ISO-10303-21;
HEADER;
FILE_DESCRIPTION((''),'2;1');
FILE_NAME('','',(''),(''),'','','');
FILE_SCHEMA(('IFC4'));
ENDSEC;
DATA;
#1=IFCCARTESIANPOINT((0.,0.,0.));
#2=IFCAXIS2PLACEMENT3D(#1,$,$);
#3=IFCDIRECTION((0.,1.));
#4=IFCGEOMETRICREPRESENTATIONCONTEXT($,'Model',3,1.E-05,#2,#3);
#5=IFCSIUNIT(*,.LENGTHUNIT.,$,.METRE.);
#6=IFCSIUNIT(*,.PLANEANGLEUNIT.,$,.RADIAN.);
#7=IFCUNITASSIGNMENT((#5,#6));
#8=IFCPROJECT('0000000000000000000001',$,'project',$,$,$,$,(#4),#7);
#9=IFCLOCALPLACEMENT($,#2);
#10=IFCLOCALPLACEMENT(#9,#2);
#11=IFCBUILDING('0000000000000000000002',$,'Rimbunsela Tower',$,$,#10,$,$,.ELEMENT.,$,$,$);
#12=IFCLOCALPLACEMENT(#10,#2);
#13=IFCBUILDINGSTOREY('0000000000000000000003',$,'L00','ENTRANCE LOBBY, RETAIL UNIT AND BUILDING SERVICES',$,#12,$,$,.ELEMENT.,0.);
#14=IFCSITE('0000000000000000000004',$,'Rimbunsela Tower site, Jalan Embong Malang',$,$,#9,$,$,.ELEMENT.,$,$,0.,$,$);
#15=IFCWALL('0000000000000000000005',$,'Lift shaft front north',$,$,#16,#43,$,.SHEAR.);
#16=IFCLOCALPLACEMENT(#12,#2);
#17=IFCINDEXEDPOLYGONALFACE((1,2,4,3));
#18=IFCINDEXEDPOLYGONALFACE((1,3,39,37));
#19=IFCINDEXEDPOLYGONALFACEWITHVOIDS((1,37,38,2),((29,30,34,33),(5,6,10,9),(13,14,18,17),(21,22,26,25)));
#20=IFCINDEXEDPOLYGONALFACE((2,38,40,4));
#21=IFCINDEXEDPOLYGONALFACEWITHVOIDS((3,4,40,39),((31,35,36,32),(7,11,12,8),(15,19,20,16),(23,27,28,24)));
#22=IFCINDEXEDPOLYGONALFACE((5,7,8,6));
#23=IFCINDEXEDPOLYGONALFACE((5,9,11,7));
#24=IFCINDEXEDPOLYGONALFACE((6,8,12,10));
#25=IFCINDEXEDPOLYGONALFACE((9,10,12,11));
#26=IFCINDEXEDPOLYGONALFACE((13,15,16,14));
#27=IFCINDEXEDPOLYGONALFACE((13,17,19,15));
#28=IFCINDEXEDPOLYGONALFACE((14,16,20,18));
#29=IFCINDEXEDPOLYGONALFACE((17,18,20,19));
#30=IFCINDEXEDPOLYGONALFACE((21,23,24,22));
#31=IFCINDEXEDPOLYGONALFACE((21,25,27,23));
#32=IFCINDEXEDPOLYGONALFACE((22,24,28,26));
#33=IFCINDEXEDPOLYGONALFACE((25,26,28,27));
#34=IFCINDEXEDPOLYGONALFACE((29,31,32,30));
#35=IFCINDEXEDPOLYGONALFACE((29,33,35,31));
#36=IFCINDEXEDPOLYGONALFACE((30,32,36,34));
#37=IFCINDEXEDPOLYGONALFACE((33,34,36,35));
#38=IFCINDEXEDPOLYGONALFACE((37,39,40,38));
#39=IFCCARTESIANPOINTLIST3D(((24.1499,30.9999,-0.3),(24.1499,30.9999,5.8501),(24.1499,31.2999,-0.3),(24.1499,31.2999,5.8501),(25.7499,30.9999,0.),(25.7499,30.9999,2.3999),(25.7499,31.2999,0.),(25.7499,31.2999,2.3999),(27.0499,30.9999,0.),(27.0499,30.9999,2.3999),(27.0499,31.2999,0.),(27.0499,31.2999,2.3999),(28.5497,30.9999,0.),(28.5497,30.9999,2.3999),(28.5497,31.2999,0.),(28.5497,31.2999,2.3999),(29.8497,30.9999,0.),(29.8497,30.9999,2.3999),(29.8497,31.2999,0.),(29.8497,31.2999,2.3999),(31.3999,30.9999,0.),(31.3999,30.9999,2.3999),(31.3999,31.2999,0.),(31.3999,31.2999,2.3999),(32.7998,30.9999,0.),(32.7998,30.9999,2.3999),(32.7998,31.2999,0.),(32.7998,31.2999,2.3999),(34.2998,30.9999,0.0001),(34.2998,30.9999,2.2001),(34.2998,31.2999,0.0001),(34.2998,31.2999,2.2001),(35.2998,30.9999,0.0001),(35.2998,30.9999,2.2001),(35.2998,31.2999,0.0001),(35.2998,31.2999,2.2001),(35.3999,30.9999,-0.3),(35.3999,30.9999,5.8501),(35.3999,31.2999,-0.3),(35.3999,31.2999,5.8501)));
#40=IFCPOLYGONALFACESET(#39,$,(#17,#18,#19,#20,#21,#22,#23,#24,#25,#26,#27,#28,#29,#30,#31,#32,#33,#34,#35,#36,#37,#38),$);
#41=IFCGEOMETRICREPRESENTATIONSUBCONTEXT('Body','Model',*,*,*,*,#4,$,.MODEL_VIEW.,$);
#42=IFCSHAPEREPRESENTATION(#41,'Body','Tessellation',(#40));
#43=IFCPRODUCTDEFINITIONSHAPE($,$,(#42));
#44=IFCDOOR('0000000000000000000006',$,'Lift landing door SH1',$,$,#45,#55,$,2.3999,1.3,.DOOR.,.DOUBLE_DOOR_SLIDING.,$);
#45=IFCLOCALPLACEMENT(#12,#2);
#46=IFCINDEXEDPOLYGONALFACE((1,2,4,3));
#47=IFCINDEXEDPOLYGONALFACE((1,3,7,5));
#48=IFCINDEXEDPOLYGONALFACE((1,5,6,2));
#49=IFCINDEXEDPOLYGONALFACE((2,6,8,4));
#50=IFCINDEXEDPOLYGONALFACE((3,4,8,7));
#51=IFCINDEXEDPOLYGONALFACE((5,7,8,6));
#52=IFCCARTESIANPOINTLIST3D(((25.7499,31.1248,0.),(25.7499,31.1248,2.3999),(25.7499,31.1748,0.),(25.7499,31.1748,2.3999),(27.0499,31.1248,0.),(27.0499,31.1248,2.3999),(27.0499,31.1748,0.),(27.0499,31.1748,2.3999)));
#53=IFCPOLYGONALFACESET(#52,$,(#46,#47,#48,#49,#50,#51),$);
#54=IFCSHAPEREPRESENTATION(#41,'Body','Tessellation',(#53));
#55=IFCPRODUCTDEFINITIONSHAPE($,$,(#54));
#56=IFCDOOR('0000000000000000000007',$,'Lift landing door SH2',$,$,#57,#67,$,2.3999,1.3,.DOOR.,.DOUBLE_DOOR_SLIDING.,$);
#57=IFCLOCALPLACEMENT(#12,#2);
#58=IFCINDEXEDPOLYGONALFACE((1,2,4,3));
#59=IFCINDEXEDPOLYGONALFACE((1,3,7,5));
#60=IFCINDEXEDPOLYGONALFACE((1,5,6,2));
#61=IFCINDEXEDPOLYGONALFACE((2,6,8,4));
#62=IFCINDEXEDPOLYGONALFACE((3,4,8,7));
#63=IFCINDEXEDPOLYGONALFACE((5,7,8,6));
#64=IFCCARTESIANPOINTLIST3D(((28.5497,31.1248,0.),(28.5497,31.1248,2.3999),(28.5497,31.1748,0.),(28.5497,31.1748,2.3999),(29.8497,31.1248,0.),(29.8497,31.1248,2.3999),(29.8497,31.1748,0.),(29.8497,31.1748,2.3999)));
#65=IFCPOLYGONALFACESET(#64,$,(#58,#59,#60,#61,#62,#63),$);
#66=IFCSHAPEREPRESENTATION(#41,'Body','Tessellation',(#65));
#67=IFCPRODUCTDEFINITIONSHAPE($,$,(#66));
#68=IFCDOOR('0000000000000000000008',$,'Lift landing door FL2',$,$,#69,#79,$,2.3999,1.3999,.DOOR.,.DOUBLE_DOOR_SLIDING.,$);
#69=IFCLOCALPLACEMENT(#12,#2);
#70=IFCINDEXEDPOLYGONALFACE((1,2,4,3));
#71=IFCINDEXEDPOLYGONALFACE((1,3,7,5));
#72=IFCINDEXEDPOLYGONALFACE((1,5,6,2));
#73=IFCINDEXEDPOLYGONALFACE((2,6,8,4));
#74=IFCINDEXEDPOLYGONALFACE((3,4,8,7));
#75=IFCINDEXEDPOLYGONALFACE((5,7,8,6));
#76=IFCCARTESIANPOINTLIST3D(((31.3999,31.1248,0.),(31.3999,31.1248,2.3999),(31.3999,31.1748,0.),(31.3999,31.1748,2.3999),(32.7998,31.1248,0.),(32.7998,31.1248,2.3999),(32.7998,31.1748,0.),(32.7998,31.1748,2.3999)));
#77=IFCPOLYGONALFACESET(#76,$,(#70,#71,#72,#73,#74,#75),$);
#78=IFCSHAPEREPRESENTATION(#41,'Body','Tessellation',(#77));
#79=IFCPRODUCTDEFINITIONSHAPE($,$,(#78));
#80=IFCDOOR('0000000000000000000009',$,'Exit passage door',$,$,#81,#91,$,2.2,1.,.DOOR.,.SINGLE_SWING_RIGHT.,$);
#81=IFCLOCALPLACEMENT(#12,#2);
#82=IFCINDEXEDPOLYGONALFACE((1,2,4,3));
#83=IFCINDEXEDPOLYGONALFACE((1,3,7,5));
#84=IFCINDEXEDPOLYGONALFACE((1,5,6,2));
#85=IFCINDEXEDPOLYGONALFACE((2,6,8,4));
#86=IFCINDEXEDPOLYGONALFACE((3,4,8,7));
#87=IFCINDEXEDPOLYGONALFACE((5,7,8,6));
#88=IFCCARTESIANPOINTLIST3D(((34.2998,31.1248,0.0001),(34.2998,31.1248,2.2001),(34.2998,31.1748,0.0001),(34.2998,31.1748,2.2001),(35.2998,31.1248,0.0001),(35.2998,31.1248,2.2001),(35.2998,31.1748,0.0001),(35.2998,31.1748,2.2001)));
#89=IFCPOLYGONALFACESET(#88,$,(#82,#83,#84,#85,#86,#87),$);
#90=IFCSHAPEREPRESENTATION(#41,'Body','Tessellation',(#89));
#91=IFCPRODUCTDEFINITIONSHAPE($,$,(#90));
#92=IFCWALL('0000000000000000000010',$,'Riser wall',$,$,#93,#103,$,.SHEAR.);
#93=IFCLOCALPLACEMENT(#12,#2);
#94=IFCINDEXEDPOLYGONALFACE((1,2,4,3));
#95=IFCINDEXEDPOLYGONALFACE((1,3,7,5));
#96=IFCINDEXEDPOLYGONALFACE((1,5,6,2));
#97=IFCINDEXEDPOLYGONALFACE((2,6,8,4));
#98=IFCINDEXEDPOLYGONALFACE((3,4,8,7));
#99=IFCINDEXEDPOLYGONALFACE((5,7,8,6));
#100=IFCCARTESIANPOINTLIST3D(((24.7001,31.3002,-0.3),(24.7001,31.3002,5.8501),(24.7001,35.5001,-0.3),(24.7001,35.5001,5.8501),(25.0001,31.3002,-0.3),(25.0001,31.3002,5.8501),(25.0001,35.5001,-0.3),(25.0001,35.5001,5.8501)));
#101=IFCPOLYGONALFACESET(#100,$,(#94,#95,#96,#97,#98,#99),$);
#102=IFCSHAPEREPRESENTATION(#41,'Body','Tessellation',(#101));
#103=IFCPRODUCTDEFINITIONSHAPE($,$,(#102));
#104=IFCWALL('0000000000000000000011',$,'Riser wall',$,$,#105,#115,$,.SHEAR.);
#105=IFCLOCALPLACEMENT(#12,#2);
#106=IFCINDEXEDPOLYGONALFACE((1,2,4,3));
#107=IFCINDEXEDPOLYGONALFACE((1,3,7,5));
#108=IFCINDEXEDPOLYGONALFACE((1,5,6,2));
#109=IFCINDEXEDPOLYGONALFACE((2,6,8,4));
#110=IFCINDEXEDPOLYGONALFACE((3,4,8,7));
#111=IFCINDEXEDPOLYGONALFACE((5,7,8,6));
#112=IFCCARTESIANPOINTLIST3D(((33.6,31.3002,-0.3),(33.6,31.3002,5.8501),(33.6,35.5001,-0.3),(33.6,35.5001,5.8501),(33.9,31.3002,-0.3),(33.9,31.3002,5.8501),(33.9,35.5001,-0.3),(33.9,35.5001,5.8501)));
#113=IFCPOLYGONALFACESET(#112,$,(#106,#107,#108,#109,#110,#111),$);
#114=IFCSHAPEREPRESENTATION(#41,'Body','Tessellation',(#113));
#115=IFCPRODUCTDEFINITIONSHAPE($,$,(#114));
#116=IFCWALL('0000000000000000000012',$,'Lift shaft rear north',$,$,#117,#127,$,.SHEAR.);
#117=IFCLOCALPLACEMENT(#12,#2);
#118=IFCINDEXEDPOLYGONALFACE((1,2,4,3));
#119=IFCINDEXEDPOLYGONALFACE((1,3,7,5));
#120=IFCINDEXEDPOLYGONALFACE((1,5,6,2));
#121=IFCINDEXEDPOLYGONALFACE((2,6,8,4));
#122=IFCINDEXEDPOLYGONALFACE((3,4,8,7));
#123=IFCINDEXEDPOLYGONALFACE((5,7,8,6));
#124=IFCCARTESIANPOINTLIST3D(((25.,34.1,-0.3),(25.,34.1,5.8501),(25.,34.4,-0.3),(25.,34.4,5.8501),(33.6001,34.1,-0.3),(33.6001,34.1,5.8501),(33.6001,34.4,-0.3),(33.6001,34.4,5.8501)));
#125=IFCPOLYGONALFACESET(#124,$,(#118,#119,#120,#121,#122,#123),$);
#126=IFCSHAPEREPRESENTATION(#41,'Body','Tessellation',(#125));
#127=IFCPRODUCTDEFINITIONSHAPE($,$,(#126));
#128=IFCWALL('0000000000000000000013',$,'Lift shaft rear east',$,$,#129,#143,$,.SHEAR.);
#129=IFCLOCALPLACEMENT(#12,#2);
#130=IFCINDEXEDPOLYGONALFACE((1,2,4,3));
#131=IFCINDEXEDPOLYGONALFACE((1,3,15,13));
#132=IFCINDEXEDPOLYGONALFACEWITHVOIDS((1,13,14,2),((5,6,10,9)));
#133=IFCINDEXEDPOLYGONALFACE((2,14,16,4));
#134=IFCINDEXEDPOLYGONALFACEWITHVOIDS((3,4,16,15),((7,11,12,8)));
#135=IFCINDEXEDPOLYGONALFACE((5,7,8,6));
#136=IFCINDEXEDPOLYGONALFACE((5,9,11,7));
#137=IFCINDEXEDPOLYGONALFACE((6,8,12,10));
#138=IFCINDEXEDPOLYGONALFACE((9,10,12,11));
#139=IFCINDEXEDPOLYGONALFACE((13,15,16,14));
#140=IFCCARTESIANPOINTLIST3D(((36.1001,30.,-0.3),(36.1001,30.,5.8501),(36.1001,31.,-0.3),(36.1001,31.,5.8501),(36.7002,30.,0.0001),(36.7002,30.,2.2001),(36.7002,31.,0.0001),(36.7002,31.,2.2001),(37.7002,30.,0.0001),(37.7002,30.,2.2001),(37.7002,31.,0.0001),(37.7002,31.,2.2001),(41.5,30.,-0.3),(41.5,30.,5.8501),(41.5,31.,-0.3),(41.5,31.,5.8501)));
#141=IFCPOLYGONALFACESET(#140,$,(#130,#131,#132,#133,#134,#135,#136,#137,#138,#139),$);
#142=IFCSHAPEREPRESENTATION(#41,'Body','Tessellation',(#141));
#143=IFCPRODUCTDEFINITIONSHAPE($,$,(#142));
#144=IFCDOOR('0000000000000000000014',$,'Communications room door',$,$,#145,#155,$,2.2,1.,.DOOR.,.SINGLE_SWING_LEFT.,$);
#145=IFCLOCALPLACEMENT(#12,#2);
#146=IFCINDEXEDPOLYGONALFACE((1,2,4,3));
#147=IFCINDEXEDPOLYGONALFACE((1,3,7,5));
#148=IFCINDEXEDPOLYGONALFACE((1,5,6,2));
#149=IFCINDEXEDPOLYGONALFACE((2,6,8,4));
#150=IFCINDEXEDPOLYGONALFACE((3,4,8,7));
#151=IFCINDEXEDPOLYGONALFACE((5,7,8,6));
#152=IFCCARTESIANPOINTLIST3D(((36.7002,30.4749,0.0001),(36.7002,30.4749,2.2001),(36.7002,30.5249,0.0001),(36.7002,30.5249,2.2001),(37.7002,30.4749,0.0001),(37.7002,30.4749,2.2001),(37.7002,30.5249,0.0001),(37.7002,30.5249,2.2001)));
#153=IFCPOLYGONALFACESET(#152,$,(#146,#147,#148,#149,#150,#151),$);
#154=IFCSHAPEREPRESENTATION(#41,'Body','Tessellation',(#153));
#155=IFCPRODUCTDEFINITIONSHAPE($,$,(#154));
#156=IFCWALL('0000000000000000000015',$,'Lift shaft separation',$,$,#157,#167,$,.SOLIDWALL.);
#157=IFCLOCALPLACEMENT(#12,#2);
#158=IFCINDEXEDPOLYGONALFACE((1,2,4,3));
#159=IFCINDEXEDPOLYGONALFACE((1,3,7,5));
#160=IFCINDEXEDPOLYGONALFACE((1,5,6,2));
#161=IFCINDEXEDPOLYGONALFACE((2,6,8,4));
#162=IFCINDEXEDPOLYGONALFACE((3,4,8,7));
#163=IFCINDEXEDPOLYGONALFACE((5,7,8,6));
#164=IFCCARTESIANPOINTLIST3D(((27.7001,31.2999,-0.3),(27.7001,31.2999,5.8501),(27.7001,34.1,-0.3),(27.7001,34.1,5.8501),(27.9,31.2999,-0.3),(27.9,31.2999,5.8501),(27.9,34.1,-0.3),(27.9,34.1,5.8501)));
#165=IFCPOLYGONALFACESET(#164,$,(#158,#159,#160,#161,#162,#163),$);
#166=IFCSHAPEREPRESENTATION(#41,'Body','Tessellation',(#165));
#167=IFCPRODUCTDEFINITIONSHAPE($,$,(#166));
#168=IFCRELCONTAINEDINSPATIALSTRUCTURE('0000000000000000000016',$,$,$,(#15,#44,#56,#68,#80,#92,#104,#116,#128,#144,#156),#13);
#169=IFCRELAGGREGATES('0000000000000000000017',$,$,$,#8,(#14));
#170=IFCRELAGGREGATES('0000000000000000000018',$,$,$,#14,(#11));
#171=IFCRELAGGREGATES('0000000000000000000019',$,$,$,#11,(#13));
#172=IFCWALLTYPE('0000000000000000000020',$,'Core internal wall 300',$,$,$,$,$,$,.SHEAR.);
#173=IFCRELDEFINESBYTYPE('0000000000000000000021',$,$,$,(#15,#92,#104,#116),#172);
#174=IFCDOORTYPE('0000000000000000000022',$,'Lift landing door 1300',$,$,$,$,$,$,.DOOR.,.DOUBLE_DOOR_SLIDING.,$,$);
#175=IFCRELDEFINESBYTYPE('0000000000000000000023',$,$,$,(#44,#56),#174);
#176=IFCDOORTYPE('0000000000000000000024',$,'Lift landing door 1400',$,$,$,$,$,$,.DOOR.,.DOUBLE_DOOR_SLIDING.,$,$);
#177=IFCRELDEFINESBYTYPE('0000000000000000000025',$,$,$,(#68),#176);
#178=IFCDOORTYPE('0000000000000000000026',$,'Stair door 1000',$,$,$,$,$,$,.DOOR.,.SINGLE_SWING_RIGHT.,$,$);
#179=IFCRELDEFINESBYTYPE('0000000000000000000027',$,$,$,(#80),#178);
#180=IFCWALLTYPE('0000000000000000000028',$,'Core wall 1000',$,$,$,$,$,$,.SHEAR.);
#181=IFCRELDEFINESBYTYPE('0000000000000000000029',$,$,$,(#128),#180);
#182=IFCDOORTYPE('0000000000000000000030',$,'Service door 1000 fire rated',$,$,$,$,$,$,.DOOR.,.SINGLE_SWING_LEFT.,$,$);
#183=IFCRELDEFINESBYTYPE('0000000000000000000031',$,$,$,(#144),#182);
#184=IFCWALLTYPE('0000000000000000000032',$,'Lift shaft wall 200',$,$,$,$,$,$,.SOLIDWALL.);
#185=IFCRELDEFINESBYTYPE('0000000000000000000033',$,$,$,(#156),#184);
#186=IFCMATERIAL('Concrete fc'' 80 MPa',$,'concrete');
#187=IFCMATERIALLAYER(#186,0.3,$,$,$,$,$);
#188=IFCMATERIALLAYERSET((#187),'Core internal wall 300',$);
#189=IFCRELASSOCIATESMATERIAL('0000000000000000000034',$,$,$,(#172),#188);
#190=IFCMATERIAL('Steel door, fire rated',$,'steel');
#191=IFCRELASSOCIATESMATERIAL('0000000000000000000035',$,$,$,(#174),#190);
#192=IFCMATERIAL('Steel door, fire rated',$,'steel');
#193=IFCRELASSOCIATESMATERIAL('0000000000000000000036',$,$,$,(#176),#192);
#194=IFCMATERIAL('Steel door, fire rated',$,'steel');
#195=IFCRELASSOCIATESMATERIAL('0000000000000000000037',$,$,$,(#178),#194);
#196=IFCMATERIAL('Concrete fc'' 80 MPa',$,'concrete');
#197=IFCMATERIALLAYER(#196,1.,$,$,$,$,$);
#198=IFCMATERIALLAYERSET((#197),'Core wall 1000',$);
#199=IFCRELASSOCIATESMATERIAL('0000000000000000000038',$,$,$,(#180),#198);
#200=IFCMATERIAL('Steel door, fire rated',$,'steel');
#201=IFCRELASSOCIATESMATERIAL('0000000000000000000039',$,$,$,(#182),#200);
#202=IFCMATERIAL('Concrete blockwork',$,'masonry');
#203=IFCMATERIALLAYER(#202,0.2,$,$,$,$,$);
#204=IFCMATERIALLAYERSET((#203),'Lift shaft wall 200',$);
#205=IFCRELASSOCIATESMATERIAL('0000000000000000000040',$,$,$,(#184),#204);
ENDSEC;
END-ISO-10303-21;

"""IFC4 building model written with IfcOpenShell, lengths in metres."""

from ifc_helpers import new_model, si_unit, direction, frame, frame_2d, origin, place, context, subcontext, project, spatial, rectangle, extrude, material, layer, layer_set, type_object, element, fill, save


model = new_model("IFC4")

# Units and contexts
model_context = context("Model", 3, precision=1e-05, world=origin(), true_north=direction((0.0, 1.0)))
body_context = subcontext(model_context, "Body", "Model", "MODEL_VIEW")
ifc_project = project(units=[si_unit("LENGTHUNIT", "METRE"), si_unit("PLANEANGLEUNIT", "RADIAN")], contexts=[model_context])

# Site, building, storey
site_placement = place(None, origin())
site = spatial("IfcSite", under=ifc_project, at=site_placement, Name="Rimbunsela Tower site, Jalan Embong Malang", CompositionType="ELEMENT", RefElevation=0.0)
building_placement = place(site_placement, origin())
building = spatial("IfcBuilding", under=site, at=building_placement, Name="Rimbunsela Tower", CompositionType="ELEMENT")
storey_placement = place(building_placement, origin())
storey = spatial("IfcBuildingStorey", under=building, at=storey_placement, Name="L00", Description="ENTRANCE LOBBY, RETAIL UNIT AND BUILDING SERVICES", CompositionType="ELEMENT", Elevation=0.0)

# Wall, openings, doors
ifc_material_1 = material(Name="Concrete fc' 80 MPa", Category="concrete")
ifc_layer_1 = layer(ifc_material_1, 0.3)
ifc_layer_set_1 = layer_set([ifc_layer_1], Name="Core internal wall 300")
wall_type_1 = type_object("IfcWallType", Name="Core internal wall 300", PredefinedType="SHEAR", material=ifc_layer_set_1)
wall_1_placement = place(storey_placement, frame((24.1499, 31.1499, -0.3), z_axis=(0.0, 0.0, 1.0), x_axis=(1.0, 0.0, 0.0)))
wall_1 = element("IfcWall", 1, at=wall_1_placement, inside=storey, type_object=wall_type_1, Name="Lift shaft front north", PredefinedType="SHEAR", context=body_context, shape_type="SweptSolid", body=[
    extrude(rectangle(XDim=11.25, YDim=0.3, at=frame_2d((5.625, 0.0))), origin(), (0.0, 0.0, 1.0), 6.1501),
])
opening_1_placement = place(wall_1_placement, frame((10.1499, 0.0, 0.3)))
opening_1 = element("IfcOpeningElement", 2, at=opening_1_placement, cuts=wall_1, PredefinedType="OPENING", context=body_context, shape_type="SweptSolid", body=[
    extrude(rectangle(XDim=1.0, YDim=2.2, at=frame_2d((0.5, 1.1001))), frame((0.0, 0.1599, 0.0), z_axis=(0.0, -1.0, 0.0), x_axis=(1.0, 0.0, 0.0)), (0.0, 0.0, 1.0), 0.3201),
])
opening_2_placement = place(wall_1_placement, frame((1.6001, 0.0, 0.3)))
opening_2 = element("IfcOpeningElement", 3, at=opening_2_placement, cuts=wall_1, PredefinedType="OPENING", context=body_context, shape_type="SweptSolid", body=[
    extrude(rectangle(XDim=1.3, YDim=2.3999, at=frame_2d((0.6499, 1.2))), frame((0.0, 0.1599, 0.0), z_axis=(0.0, -1.0, 0.0), x_axis=(1.0, 0.0, 0.0)), (0.0, 0.0, 1.0), 0.3201),
])
opening_3_placement = place(wall_1_placement, frame((4.3999, 0.0, 0.3)))
opening_3 = element("IfcOpeningElement", 4, at=opening_3_placement, cuts=wall_1, PredefinedType="OPENING", context=body_context, shape_type="SweptSolid", body=[
    extrude(rectangle(XDim=1.3, YDim=2.3999, at=frame_2d((0.6499, 1.2))), frame((0.0, 0.1599, 0.0), z_axis=(0.0, -1.0, 0.0), x_axis=(1.0, 0.0, 0.0)), (0.0, 0.0, 1.0), 0.3201),
])
opening_4_placement = place(wall_1_placement, frame((7.25, 0.0, 0.3)))
opening_4 = element("IfcOpeningElement", 5, at=opening_4_placement, cuts=wall_1, PredefinedType="OPENING", context=body_context, shape_type="SweptSolid", body=[
    extrude(rectangle(XDim=1.3999, YDim=2.3999, at=frame_2d((0.7, 1.2))), frame((0.0, 0.1599, 0.0), z_axis=(0.0, -1.0, 0.0), x_axis=(1.0, 0.0, 0.0)), (0.0, 0.0, 1.0), 0.3201),
])
ifc_material_2 = material(Name="Steel door, fire rated", Category="steel")
door_type_1 = type_object("IfcDoorType", Name="Lift landing door 1300", OperationType="DOUBLE_DOOR_SLIDING", PredefinedType="DOOR", material=ifc_material_2)
door_1_placement = place(opening_2_placement, origin())
door_1 = element("IfcDoor", 6, at=door_1_placement, inside=storey, type_object=door_type_1, Name="Lift landing door SH1", OperationType="DOUBLE_DOOR_SLIDING", OverallHeight=2.3999, OverallWidth=1.3, PredefinedType="DOOR", context=body_context, shape_type="SweptSolid", body=[
    extrude(rectangle(XDim=1.3, YDim=2.3999, at=frame_2d((0.6499, 1.2))), frame((0.0, 0.0249, 0.0), z_axis=(0.0, -1.0, 0.0), x_axis=(1.0, 0.0, 0.0)), (0.0, 0.0, 1.0), 0.05),
])
fill(opening_2, door_1)
door_2_placement = place(opening_3_placement, origin())
door_2 = element("IfcDoor", 7, at=door_2_placement, inside=storey, type_object=door_type_1, Name="Lift landing door SH2", OperationType="DOUBLE_DOOR_SLIDING", OverallHeight=2.3999, OverallWidth=1.3, PredefinedType="DOOR", context=body_context, shape_type="SweptSolid", body=[
    extrude(rectangle(XDim=1.3, YDim=2.3999, at=frame_2d((0.6499, 1.2))), frame((0.0, 0.0249, 0.0), z_axis=(0.0, -1.0, 0.0), x_axis=(1.0, 0.0, 0.0)), (0.0, 0.0, 1.0), 0.05),
])
fill(opening_3, door_2)
ifc_material_3 = material(Name="Steel door, fire rated", Category="steel")
door_type_2 = type_object("IfcDoorType", Name="Lift landing door 1400", OperationType="DOUBLE_DOOR_SLIDING", PredefinedType="DOOR", material=ifc_material_3)
door_3_placement = place(opening_4_placement, origin())
door_3 = element("IfcDoor", 8, at=door_3_placement, inside=storey, type_object=door_type_2, Name="Lift landing door FL2", OperationType="DOUBLE_DOOR_SLIDING", OverallHeight=2.3999, OverallWidth=1.3999, PredefinedType="DOOR", context=body_context, shape_type="SweptSolid", body=[
    extrude(rectangle(XDim=1.3999, YDim=2.3999, at=frame_2d((0.7, 1.2))), frame((0.0, 0.0249, 0.0), z_axis=(0.0, -1.0, 0.0), x_axis=(1.0, 0.0, 0.0)), (0.0, 0.0, 1.0), 0.05),
])
fill(opening_4, door_3)
ifc_material_4 = material(Name="Steel door, fire rated", Category="steel")
door_type_3 = type_object("IfcDoorType", Name="Stair door 1000", OperationType="SINGLE_SWING_RIGHT", PredefinedType="DOOR", material=ifc_material_4)
door_4_placement = place(opening_1_placement, origin())
door_4 = element("IfcDoor", 9, at=door_4_placement, inside=storey, type_object=door_type_3, Name="Exit passage door", OperationType="SINGLE_SWING_RIGHT", OverallHeight=2.2, OverallWidth=1.0, PredefinedType="DOOR", context=body_context, shape_type="SweptSolid", body=[
    extrude(rectangle(XDim=1.0, YDim=2.2, at=frame_2d((0.5, 1.1001))), frame((0.0, 0.0249, 0.0), z_axis=(0.0, -1.0, 0.0), x_axis=(1.0, 0.0, 0.0)), (0.0, 0.0, 1.0), 0.05),
])
fill(opening_1, door_4)

# Walls
for number, where, z_axis, x_axis, name in (
    (10, (24.8501, 31.3, -0.3), (0.0, 0.0, 1.0), (0.0, 1.0, 0.0), "Riser wall"),
    (11, (33.75, 31.3, -0.3), (0.0, 0.0, 1.0), (0.0, 1.0, 0.0), "Riser wall"),
):
    element("IfcWall", number, at=place(storey_placement, frame(where, z_axis=z_axis, x_axis=x_axis)), inside=storey, type_object=wall_type_1, Name=name, PredefinedType="SHEAR", context=body_context, shape_type="SweptSolid", body=[
        extrude(rectangle(XDim=4.2, YDim=0.3, at=frame_2d((2.1001, 0.0))), origin(), (0.0, 0.0, 1.0), 6.1501),
    ])
wall_2_placement = place(storey_placement, frame((25.0, 34.25, -0.3), z_axis=(0.0, 0.0, 1.0), x_axis=(1.0, 0.0, 0.0)))
element("IfcWall", 12, at=wall_2_placement, inside=storey, type_object=wall_type_1, Name="Lift shaft rear north", PredefinedType="SHEAR", context=body_context, shape_type="SweptSolid", body=[
    extrude(rectangle(XDim=8.6001, YDim=0.3, at=frame_2d((4.3, 0.0))), origin(), (0.0, 0.0, 1.0), 6.1501),
])

# Wall, opening, door
ifc_material_5 = material(Name="Concrete fc' 80 MPa", Category="concrete")
ifc_layer_2 = layer(ifc_material_5, 1.0)
ifc_layer_set_2 = layer_set([ifc_layer_2], Name="Core wall 1000")
wall_type_2 = type_object("IfcWallType", Name="Core wall 1000", PredefinedType="SHEAR", material=ifc_layer_set_2)
wall_3_placement = place(storey_placement, frame((36.1001, 30.5, -0.3), z_axis=(0.0, 0.0, 1.0), x_axis=(1.0, 0.0, 0.0)))
wall_3 = element("IfcWall", 13, at=wall_3_placement, inside=storey, type_object=wall_type_2, Name="Lift shaft rear east", PredefinedType="SHEAR", context=body_context, shape_type="SweptSolid", body=[
    extrude(rectangle(XDim=5.3999, YDim=1.0, at=frame_2d((2.7, 0.0))), origin(), (0.0, 0.0, 1.0), 6.1501),
])
opening_5_placement = place(wall_3_placement, frame((0.6001, 0.0, 0.3)))
opening_5 = element("IfcOpeningElement", 14, at=opening_5_placement, cuts=wall_3, PredefinedType="OPENING", context=body_context, shape_type="SweptSolid", body=[
    extrude(rectangle(XDim=1.0, YDim=2.2, at=frame_2d((0.5, 1.1001))), frame((0.0, 0.51, 0.0), z_axis=(0.0, -1.0, 0.0), x_axis=(1.0, 0.0, 0.0)), (0.0, 0.0, 1.0), 1.02),
])
ifc_material_6 = material(Name="Steel door, fire rated", Category="steel")
door_type_4 = type_object("IfcDoorType", Name="Service door 1000 fire rated", OperationType="SINGLE_SWING_LEFT", PredefinedType="DOOR", material=ifc_material_6)
door_5_placement = place(opening_5_placement, origin())
door_5 = element("IfcDoor", 15, at=door_5_placement, inside=storey, type_object=door_type_4, Name="Communications room door", OperationType="SINGLE_SWING_LEFT", OverallHeight=2.2, OverallWidth=1.0, PredefinedType="DOOR", context=body_context, shape_type="SweptSolid", body=[
    extrude(rectangle(XDim=1.0, YDim=2.2, at=frame_2d((0.5, 1.1001))), frame((0.0, 0.0249, 0.0), z_axis=(0.0, -1.0, 0.0), x_axis=(1.0, 0.0, 0.0)), (0.0, 0.0, 1.0), 0.05),
])
fill(opening_5, door_5)

# Wall
ifc_material_7 = material(Name="Concrete blockwork", Category="masonry")
ifc_layer_3 = layer(ifc_material_7, 0.2)
ifc_layer_set_3 = layer_set([ifc_layer_3], Name="Lift shaft wall 200")
wall_type_3 = type_object("IfcWallType", Name="Lift shaft wall 200", PredefinedType="SOLIDWALL", material=ifc_layer_set_3)
for number, where, z_axis, x_axis, name in (
    (16, (27.8, 31.3, -0.3), (0.0, 0.0, 1.0), (0.0, 1.0, 0.0), "Lift shaft separation"),
):
    element("IfcWall", number, at=place(storey_placement, frame(where, z_axis=z_axis, x_axis=x_axis)), inside=storey, type_object=wall_type_3, Name=name, PredefinedType="SOLIDWALL", context=body_context, shape_type="SweptSolid", body=[
        extrude(rectangle(XDim=2.8, YDim=0.2, at=frame_2d((1.3999, 0.0))), origin(), (0.0, 0.0, 1.0), 6.1501),
    ])

save(model, "model.ifc")
